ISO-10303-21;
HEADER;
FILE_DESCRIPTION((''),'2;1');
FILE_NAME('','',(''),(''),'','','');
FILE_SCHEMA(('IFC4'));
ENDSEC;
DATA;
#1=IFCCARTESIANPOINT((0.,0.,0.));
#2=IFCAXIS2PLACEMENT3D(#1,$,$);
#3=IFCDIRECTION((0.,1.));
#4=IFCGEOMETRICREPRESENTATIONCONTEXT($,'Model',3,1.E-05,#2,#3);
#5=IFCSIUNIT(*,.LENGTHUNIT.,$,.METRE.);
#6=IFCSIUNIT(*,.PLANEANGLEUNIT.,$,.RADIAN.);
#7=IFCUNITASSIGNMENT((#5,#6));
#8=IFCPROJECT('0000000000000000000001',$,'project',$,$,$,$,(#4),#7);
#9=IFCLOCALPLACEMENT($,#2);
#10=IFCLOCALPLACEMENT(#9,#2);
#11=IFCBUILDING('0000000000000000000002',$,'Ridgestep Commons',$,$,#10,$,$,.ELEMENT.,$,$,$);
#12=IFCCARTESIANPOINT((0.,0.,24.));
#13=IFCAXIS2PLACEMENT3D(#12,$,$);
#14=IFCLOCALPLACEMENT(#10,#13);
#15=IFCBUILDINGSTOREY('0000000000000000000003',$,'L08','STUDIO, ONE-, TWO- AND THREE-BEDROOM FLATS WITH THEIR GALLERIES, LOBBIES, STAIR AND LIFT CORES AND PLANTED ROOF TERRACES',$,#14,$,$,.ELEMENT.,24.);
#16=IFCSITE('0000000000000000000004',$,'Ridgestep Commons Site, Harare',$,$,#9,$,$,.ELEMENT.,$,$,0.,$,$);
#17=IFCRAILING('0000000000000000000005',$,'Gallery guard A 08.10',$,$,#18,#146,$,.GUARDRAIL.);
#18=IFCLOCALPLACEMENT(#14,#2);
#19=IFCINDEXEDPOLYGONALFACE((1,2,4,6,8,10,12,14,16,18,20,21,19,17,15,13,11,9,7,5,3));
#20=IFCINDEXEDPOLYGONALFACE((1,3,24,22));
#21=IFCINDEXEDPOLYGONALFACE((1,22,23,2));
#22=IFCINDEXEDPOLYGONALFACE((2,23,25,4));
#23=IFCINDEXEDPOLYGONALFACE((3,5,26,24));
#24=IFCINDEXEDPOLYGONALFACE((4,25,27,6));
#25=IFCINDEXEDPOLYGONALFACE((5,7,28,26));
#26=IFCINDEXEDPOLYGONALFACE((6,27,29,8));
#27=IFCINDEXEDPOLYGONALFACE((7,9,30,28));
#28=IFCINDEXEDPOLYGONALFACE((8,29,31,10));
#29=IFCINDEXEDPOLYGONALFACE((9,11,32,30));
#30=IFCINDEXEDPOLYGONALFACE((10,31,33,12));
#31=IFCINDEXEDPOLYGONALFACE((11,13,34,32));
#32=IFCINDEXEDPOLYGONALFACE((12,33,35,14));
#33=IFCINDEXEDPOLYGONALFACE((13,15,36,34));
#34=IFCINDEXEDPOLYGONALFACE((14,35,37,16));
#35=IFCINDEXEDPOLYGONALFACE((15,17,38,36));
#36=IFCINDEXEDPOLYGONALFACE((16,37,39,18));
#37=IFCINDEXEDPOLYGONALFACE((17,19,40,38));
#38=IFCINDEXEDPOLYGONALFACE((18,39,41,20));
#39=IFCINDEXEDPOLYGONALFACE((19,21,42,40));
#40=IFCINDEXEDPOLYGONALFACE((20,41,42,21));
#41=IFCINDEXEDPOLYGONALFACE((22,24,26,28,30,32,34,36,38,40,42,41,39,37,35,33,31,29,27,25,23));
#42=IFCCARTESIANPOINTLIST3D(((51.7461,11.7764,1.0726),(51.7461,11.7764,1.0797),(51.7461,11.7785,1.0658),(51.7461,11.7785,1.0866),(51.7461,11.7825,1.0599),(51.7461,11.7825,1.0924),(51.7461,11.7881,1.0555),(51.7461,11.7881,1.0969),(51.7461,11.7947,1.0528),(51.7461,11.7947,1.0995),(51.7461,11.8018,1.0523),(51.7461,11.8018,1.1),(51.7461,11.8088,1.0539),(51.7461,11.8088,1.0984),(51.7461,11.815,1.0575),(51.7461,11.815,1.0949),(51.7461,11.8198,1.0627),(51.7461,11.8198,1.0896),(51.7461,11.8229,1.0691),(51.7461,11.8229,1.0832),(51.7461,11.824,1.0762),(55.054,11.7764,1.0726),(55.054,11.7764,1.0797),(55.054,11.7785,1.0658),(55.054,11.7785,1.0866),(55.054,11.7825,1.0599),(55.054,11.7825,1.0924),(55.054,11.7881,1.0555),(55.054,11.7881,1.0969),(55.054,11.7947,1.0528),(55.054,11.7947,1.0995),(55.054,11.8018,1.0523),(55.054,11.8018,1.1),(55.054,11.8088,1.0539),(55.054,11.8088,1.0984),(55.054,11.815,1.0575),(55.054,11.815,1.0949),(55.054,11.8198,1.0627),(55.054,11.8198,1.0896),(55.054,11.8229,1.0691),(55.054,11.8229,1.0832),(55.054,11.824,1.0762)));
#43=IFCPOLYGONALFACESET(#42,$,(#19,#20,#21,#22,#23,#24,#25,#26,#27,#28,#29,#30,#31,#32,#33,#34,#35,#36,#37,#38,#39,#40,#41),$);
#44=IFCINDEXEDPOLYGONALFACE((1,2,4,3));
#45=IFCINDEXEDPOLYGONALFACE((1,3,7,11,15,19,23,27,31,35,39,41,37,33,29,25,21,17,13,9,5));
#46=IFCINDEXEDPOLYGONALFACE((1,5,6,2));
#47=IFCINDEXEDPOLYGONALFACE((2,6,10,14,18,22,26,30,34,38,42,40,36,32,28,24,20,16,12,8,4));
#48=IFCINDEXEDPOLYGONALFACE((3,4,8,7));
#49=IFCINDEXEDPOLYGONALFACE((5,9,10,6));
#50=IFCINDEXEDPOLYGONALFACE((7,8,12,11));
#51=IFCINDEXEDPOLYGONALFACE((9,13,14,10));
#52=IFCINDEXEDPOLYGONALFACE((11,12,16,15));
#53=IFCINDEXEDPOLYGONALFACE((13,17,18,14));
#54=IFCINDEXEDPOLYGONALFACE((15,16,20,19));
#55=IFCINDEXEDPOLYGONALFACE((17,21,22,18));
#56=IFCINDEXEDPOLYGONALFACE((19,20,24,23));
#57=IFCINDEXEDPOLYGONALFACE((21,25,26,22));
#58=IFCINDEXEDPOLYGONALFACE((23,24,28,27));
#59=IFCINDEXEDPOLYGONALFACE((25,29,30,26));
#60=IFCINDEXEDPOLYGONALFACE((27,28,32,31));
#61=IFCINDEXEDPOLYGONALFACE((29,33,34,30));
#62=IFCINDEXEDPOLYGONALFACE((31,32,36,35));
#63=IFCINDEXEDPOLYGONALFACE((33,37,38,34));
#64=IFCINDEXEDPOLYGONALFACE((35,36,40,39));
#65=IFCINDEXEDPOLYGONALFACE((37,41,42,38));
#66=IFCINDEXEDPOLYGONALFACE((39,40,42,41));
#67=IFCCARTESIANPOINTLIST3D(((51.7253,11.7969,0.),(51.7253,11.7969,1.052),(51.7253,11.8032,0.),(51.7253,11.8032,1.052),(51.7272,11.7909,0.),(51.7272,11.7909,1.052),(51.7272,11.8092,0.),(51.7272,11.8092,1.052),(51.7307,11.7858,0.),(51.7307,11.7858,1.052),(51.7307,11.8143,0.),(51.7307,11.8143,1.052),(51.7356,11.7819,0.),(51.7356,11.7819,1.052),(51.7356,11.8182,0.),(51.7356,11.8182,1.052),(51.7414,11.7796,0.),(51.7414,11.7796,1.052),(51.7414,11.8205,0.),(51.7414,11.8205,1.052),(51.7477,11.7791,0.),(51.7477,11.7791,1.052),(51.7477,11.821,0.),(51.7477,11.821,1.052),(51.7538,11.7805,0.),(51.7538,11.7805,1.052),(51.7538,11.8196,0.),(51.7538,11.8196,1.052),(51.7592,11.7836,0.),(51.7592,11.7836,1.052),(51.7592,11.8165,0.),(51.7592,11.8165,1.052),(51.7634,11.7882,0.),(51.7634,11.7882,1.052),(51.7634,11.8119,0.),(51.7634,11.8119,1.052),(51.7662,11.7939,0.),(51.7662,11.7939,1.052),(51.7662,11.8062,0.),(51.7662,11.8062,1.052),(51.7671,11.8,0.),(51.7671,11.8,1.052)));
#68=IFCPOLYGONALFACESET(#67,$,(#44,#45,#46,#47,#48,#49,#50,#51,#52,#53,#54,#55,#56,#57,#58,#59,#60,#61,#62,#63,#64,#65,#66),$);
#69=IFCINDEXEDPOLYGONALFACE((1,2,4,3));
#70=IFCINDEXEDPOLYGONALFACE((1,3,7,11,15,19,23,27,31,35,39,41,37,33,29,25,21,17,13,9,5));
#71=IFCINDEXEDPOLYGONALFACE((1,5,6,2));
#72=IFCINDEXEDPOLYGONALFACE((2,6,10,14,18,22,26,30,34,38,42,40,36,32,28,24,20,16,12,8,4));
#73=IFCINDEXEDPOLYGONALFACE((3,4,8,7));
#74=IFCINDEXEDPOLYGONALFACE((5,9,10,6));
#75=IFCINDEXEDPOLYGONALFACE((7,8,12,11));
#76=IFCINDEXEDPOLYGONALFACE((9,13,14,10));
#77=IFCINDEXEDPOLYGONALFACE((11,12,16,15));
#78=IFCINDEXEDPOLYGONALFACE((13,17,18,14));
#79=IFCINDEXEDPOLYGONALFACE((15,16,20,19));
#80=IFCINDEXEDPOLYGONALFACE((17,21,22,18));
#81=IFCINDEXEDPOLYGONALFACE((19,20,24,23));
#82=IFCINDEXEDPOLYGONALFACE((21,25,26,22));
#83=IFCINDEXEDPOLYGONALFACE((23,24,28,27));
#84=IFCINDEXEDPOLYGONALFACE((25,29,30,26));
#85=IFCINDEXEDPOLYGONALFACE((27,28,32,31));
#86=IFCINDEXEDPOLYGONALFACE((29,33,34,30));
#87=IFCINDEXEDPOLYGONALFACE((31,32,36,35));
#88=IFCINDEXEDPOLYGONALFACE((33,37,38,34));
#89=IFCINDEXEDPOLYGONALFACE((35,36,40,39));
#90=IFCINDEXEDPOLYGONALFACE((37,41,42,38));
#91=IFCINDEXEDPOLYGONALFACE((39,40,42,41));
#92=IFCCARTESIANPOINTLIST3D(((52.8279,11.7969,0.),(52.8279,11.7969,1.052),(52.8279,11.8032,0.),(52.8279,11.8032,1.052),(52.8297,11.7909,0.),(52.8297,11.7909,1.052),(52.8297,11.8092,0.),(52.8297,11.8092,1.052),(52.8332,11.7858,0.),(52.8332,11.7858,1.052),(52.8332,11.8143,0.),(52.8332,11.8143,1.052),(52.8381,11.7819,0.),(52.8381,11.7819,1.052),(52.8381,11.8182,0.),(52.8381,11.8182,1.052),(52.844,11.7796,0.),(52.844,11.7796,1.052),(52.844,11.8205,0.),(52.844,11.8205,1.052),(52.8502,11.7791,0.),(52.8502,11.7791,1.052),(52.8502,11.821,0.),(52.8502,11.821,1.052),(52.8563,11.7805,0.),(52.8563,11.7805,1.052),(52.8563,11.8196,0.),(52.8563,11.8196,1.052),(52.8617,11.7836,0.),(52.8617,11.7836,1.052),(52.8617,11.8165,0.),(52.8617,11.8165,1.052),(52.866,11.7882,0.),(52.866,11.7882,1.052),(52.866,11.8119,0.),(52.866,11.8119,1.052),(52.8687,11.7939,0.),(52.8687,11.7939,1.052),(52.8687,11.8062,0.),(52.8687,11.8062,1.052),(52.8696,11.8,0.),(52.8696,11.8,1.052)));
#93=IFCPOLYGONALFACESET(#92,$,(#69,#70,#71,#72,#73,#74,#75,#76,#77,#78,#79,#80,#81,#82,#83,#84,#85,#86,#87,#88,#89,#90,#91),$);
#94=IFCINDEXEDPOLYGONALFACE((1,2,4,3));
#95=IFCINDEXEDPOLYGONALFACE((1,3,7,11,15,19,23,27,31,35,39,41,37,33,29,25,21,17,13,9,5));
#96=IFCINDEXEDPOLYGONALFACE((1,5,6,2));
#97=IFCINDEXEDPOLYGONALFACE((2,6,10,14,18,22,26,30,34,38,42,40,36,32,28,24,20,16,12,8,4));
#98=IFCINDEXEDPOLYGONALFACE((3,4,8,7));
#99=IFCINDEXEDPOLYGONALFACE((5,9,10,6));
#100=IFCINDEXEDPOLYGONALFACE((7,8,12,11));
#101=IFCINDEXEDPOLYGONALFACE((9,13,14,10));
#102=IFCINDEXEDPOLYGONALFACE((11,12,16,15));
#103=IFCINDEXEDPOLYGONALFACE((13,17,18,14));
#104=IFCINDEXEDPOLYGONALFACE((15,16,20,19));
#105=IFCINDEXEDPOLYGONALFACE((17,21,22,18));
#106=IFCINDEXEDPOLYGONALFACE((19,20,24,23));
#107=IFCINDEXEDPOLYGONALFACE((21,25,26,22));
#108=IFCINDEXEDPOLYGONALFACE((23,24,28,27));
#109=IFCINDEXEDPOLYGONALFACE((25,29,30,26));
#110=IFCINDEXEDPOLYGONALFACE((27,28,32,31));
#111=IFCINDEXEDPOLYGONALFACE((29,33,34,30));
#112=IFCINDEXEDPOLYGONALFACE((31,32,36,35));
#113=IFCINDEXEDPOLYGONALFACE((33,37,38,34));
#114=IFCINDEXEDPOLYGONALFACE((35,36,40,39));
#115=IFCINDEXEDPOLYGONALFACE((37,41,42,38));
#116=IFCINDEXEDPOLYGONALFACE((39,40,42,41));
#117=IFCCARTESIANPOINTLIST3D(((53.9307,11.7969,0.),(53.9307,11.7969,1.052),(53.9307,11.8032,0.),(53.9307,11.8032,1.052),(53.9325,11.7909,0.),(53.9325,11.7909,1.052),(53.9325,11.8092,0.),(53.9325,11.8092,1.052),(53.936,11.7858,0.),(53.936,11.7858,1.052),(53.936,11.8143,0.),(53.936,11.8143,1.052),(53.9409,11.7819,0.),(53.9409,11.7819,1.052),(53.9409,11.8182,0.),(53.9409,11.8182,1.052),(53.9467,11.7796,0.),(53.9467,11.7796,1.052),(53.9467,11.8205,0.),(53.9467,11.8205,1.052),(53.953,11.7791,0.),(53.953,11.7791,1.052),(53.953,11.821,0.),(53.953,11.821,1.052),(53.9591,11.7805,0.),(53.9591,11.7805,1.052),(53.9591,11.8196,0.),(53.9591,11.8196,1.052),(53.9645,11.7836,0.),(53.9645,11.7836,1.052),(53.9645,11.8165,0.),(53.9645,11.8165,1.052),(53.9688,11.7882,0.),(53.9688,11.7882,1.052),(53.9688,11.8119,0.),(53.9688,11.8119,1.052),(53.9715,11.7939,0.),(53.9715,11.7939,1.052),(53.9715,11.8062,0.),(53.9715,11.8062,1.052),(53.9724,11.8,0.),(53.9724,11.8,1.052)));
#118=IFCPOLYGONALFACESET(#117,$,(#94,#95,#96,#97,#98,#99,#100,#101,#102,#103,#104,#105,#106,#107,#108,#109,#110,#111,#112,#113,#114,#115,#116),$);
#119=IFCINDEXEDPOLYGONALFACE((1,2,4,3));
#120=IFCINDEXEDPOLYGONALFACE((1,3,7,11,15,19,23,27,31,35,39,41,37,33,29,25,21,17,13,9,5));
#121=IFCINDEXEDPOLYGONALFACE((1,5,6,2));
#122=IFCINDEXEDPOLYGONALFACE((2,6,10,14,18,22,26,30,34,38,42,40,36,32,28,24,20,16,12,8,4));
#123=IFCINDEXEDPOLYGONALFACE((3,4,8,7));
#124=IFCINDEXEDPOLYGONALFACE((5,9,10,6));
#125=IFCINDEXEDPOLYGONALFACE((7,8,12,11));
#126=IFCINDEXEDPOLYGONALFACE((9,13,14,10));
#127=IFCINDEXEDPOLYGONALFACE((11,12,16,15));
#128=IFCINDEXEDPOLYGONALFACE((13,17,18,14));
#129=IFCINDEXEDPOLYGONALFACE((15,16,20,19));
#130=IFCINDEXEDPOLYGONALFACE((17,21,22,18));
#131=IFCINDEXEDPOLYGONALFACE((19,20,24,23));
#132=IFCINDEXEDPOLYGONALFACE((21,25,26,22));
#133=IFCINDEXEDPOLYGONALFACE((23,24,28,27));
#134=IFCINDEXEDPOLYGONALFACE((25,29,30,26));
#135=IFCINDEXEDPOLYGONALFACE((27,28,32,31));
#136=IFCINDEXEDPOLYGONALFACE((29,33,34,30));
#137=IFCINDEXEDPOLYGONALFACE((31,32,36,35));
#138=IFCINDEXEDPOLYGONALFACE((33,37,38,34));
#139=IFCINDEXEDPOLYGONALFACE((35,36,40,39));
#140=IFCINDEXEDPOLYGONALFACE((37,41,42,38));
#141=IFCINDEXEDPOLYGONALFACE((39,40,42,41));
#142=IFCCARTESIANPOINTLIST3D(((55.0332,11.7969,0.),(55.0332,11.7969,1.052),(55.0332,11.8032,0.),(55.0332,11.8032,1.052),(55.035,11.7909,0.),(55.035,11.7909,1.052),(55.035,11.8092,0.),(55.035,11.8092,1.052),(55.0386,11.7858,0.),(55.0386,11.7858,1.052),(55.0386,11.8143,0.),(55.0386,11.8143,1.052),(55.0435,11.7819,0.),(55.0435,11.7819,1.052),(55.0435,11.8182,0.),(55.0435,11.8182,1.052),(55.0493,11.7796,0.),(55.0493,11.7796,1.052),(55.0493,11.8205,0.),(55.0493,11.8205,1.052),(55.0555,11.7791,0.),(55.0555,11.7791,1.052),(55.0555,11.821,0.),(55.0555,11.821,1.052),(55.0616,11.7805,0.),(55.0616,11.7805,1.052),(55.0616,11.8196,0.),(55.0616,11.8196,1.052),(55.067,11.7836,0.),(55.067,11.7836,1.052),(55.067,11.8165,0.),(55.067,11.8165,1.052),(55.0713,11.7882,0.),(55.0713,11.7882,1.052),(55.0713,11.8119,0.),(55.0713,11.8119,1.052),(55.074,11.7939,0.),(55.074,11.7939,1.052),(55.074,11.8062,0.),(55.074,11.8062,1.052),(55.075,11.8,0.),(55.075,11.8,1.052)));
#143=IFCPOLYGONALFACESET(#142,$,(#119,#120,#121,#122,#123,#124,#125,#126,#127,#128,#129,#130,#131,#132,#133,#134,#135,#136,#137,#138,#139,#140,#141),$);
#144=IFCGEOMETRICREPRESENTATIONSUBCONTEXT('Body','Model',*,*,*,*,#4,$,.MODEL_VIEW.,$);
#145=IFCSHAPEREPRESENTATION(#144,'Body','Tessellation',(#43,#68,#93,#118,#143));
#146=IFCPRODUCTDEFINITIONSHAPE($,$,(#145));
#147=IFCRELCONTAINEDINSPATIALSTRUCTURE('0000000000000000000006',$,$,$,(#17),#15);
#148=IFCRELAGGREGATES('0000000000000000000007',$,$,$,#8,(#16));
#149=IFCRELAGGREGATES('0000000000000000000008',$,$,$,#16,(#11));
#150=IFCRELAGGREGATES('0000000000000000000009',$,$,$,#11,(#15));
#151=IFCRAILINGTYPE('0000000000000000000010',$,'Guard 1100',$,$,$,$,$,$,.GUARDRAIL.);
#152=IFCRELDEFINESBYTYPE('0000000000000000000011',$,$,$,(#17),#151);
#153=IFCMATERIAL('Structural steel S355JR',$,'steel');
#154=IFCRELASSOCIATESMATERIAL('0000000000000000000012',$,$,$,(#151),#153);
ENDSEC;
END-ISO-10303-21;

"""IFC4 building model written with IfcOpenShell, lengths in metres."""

from ifc_helpers import new_model, si_unit, direction, frame, origin, origin_2d, place, context, subcontext, project, spatial, circle, extrude, material, type_object, element, save


model = new_model("IFC4")

# Units and contexts
model_context = context("Model", 3, precision=1e-05, world=origin(), true_north=direction((0.0, 1.0)))
body_context = subcontext(model_context, "Body", "Model", "MODEL_VIEW")
ifc_project = project(units=[si_unit("LENGTHUNIT", "METRE"), si_unit("PLANEANGLEUNIT", "RADIAN")], contexts=[model_context])

# Site, building, storey
site_placement = place(None, origin())
site = spatial("IfcSite", under=ifc_project, at=site_placement, Name="Ridgestep Commons Site, Harare", CompositionType="ELEMENT", RefElevation=0.0)
building_placement = place(site_placement, origin())
building = spatial("IfcBuilding", under=site, at=building_placement, Name="Ridgestep Commons", CompositionType="ELEMENT")
storey_placement = place(building_placement, frame((0.0, 0.0, 24.0)))
storey = spatial("IfcBuildingStorey", under=building, at=storey_placement, Name="L08", Description="STUDIO, ONE-, TWO- AND THREE-BEDROOM FLATS WITH THEIR GALLERIES, LOBBIES, STAIR AND LIFT CORES AND PLANTED ROOF TERRACES", CompositionType="ELEMENT", Elevation=24.0)

# Railing
ifc_material_1 = material(Name="Structural steel S355JR", Category="steel")
railing_type = type_object("IfcRailingType", Name="Guard 1100", PredefinedType="GUARDRAIL", material=ifc_material_1)
railing_1_placement = place(storey_placement, frame((51.7461, 11.8, 0.0)))
element("IfcRailing", 1, at=railing_1_placement, inside=storey, type_object=railing_type, Name="Gallery guard A 08.10", PredefinedType="GUARDRAIL", context=body_context, shape_type="SweptSolid", body=[
    extrude(circle(Radius=0.0239, at=origin_2d()), frame((0.0, 0.0, 1.0762), z_axis=(1.0, 0.0, 0.0), x_axis=(0.0, 1.0, 0.0)), (0.0, 0.0, 1.0), 3.3079),
    extrude(circle(Radius=0.021, at=origin_2d()), origin(), (0.0, 0.0, 1.0), 1.052),
    extrude(circle(Radius=0.021, at=origin_2d()), frame((1.1025, 0.0, 0.0)), (0.0, 0.0, 1.0), 1.052),
    extrude(circle(Radius=0.021, at=origin_2d()), frame((2.2053, 0.0, 0.0)), (0.0, 0.0, 1.0), 1.052),
    extrude(circle(Radius=0.021, at=origin_2d()), frame((3.3079, 0.0, 0.0)), (0.0, 0.0, 1.0), 1.052),
])

save(model, "model.ifc")
